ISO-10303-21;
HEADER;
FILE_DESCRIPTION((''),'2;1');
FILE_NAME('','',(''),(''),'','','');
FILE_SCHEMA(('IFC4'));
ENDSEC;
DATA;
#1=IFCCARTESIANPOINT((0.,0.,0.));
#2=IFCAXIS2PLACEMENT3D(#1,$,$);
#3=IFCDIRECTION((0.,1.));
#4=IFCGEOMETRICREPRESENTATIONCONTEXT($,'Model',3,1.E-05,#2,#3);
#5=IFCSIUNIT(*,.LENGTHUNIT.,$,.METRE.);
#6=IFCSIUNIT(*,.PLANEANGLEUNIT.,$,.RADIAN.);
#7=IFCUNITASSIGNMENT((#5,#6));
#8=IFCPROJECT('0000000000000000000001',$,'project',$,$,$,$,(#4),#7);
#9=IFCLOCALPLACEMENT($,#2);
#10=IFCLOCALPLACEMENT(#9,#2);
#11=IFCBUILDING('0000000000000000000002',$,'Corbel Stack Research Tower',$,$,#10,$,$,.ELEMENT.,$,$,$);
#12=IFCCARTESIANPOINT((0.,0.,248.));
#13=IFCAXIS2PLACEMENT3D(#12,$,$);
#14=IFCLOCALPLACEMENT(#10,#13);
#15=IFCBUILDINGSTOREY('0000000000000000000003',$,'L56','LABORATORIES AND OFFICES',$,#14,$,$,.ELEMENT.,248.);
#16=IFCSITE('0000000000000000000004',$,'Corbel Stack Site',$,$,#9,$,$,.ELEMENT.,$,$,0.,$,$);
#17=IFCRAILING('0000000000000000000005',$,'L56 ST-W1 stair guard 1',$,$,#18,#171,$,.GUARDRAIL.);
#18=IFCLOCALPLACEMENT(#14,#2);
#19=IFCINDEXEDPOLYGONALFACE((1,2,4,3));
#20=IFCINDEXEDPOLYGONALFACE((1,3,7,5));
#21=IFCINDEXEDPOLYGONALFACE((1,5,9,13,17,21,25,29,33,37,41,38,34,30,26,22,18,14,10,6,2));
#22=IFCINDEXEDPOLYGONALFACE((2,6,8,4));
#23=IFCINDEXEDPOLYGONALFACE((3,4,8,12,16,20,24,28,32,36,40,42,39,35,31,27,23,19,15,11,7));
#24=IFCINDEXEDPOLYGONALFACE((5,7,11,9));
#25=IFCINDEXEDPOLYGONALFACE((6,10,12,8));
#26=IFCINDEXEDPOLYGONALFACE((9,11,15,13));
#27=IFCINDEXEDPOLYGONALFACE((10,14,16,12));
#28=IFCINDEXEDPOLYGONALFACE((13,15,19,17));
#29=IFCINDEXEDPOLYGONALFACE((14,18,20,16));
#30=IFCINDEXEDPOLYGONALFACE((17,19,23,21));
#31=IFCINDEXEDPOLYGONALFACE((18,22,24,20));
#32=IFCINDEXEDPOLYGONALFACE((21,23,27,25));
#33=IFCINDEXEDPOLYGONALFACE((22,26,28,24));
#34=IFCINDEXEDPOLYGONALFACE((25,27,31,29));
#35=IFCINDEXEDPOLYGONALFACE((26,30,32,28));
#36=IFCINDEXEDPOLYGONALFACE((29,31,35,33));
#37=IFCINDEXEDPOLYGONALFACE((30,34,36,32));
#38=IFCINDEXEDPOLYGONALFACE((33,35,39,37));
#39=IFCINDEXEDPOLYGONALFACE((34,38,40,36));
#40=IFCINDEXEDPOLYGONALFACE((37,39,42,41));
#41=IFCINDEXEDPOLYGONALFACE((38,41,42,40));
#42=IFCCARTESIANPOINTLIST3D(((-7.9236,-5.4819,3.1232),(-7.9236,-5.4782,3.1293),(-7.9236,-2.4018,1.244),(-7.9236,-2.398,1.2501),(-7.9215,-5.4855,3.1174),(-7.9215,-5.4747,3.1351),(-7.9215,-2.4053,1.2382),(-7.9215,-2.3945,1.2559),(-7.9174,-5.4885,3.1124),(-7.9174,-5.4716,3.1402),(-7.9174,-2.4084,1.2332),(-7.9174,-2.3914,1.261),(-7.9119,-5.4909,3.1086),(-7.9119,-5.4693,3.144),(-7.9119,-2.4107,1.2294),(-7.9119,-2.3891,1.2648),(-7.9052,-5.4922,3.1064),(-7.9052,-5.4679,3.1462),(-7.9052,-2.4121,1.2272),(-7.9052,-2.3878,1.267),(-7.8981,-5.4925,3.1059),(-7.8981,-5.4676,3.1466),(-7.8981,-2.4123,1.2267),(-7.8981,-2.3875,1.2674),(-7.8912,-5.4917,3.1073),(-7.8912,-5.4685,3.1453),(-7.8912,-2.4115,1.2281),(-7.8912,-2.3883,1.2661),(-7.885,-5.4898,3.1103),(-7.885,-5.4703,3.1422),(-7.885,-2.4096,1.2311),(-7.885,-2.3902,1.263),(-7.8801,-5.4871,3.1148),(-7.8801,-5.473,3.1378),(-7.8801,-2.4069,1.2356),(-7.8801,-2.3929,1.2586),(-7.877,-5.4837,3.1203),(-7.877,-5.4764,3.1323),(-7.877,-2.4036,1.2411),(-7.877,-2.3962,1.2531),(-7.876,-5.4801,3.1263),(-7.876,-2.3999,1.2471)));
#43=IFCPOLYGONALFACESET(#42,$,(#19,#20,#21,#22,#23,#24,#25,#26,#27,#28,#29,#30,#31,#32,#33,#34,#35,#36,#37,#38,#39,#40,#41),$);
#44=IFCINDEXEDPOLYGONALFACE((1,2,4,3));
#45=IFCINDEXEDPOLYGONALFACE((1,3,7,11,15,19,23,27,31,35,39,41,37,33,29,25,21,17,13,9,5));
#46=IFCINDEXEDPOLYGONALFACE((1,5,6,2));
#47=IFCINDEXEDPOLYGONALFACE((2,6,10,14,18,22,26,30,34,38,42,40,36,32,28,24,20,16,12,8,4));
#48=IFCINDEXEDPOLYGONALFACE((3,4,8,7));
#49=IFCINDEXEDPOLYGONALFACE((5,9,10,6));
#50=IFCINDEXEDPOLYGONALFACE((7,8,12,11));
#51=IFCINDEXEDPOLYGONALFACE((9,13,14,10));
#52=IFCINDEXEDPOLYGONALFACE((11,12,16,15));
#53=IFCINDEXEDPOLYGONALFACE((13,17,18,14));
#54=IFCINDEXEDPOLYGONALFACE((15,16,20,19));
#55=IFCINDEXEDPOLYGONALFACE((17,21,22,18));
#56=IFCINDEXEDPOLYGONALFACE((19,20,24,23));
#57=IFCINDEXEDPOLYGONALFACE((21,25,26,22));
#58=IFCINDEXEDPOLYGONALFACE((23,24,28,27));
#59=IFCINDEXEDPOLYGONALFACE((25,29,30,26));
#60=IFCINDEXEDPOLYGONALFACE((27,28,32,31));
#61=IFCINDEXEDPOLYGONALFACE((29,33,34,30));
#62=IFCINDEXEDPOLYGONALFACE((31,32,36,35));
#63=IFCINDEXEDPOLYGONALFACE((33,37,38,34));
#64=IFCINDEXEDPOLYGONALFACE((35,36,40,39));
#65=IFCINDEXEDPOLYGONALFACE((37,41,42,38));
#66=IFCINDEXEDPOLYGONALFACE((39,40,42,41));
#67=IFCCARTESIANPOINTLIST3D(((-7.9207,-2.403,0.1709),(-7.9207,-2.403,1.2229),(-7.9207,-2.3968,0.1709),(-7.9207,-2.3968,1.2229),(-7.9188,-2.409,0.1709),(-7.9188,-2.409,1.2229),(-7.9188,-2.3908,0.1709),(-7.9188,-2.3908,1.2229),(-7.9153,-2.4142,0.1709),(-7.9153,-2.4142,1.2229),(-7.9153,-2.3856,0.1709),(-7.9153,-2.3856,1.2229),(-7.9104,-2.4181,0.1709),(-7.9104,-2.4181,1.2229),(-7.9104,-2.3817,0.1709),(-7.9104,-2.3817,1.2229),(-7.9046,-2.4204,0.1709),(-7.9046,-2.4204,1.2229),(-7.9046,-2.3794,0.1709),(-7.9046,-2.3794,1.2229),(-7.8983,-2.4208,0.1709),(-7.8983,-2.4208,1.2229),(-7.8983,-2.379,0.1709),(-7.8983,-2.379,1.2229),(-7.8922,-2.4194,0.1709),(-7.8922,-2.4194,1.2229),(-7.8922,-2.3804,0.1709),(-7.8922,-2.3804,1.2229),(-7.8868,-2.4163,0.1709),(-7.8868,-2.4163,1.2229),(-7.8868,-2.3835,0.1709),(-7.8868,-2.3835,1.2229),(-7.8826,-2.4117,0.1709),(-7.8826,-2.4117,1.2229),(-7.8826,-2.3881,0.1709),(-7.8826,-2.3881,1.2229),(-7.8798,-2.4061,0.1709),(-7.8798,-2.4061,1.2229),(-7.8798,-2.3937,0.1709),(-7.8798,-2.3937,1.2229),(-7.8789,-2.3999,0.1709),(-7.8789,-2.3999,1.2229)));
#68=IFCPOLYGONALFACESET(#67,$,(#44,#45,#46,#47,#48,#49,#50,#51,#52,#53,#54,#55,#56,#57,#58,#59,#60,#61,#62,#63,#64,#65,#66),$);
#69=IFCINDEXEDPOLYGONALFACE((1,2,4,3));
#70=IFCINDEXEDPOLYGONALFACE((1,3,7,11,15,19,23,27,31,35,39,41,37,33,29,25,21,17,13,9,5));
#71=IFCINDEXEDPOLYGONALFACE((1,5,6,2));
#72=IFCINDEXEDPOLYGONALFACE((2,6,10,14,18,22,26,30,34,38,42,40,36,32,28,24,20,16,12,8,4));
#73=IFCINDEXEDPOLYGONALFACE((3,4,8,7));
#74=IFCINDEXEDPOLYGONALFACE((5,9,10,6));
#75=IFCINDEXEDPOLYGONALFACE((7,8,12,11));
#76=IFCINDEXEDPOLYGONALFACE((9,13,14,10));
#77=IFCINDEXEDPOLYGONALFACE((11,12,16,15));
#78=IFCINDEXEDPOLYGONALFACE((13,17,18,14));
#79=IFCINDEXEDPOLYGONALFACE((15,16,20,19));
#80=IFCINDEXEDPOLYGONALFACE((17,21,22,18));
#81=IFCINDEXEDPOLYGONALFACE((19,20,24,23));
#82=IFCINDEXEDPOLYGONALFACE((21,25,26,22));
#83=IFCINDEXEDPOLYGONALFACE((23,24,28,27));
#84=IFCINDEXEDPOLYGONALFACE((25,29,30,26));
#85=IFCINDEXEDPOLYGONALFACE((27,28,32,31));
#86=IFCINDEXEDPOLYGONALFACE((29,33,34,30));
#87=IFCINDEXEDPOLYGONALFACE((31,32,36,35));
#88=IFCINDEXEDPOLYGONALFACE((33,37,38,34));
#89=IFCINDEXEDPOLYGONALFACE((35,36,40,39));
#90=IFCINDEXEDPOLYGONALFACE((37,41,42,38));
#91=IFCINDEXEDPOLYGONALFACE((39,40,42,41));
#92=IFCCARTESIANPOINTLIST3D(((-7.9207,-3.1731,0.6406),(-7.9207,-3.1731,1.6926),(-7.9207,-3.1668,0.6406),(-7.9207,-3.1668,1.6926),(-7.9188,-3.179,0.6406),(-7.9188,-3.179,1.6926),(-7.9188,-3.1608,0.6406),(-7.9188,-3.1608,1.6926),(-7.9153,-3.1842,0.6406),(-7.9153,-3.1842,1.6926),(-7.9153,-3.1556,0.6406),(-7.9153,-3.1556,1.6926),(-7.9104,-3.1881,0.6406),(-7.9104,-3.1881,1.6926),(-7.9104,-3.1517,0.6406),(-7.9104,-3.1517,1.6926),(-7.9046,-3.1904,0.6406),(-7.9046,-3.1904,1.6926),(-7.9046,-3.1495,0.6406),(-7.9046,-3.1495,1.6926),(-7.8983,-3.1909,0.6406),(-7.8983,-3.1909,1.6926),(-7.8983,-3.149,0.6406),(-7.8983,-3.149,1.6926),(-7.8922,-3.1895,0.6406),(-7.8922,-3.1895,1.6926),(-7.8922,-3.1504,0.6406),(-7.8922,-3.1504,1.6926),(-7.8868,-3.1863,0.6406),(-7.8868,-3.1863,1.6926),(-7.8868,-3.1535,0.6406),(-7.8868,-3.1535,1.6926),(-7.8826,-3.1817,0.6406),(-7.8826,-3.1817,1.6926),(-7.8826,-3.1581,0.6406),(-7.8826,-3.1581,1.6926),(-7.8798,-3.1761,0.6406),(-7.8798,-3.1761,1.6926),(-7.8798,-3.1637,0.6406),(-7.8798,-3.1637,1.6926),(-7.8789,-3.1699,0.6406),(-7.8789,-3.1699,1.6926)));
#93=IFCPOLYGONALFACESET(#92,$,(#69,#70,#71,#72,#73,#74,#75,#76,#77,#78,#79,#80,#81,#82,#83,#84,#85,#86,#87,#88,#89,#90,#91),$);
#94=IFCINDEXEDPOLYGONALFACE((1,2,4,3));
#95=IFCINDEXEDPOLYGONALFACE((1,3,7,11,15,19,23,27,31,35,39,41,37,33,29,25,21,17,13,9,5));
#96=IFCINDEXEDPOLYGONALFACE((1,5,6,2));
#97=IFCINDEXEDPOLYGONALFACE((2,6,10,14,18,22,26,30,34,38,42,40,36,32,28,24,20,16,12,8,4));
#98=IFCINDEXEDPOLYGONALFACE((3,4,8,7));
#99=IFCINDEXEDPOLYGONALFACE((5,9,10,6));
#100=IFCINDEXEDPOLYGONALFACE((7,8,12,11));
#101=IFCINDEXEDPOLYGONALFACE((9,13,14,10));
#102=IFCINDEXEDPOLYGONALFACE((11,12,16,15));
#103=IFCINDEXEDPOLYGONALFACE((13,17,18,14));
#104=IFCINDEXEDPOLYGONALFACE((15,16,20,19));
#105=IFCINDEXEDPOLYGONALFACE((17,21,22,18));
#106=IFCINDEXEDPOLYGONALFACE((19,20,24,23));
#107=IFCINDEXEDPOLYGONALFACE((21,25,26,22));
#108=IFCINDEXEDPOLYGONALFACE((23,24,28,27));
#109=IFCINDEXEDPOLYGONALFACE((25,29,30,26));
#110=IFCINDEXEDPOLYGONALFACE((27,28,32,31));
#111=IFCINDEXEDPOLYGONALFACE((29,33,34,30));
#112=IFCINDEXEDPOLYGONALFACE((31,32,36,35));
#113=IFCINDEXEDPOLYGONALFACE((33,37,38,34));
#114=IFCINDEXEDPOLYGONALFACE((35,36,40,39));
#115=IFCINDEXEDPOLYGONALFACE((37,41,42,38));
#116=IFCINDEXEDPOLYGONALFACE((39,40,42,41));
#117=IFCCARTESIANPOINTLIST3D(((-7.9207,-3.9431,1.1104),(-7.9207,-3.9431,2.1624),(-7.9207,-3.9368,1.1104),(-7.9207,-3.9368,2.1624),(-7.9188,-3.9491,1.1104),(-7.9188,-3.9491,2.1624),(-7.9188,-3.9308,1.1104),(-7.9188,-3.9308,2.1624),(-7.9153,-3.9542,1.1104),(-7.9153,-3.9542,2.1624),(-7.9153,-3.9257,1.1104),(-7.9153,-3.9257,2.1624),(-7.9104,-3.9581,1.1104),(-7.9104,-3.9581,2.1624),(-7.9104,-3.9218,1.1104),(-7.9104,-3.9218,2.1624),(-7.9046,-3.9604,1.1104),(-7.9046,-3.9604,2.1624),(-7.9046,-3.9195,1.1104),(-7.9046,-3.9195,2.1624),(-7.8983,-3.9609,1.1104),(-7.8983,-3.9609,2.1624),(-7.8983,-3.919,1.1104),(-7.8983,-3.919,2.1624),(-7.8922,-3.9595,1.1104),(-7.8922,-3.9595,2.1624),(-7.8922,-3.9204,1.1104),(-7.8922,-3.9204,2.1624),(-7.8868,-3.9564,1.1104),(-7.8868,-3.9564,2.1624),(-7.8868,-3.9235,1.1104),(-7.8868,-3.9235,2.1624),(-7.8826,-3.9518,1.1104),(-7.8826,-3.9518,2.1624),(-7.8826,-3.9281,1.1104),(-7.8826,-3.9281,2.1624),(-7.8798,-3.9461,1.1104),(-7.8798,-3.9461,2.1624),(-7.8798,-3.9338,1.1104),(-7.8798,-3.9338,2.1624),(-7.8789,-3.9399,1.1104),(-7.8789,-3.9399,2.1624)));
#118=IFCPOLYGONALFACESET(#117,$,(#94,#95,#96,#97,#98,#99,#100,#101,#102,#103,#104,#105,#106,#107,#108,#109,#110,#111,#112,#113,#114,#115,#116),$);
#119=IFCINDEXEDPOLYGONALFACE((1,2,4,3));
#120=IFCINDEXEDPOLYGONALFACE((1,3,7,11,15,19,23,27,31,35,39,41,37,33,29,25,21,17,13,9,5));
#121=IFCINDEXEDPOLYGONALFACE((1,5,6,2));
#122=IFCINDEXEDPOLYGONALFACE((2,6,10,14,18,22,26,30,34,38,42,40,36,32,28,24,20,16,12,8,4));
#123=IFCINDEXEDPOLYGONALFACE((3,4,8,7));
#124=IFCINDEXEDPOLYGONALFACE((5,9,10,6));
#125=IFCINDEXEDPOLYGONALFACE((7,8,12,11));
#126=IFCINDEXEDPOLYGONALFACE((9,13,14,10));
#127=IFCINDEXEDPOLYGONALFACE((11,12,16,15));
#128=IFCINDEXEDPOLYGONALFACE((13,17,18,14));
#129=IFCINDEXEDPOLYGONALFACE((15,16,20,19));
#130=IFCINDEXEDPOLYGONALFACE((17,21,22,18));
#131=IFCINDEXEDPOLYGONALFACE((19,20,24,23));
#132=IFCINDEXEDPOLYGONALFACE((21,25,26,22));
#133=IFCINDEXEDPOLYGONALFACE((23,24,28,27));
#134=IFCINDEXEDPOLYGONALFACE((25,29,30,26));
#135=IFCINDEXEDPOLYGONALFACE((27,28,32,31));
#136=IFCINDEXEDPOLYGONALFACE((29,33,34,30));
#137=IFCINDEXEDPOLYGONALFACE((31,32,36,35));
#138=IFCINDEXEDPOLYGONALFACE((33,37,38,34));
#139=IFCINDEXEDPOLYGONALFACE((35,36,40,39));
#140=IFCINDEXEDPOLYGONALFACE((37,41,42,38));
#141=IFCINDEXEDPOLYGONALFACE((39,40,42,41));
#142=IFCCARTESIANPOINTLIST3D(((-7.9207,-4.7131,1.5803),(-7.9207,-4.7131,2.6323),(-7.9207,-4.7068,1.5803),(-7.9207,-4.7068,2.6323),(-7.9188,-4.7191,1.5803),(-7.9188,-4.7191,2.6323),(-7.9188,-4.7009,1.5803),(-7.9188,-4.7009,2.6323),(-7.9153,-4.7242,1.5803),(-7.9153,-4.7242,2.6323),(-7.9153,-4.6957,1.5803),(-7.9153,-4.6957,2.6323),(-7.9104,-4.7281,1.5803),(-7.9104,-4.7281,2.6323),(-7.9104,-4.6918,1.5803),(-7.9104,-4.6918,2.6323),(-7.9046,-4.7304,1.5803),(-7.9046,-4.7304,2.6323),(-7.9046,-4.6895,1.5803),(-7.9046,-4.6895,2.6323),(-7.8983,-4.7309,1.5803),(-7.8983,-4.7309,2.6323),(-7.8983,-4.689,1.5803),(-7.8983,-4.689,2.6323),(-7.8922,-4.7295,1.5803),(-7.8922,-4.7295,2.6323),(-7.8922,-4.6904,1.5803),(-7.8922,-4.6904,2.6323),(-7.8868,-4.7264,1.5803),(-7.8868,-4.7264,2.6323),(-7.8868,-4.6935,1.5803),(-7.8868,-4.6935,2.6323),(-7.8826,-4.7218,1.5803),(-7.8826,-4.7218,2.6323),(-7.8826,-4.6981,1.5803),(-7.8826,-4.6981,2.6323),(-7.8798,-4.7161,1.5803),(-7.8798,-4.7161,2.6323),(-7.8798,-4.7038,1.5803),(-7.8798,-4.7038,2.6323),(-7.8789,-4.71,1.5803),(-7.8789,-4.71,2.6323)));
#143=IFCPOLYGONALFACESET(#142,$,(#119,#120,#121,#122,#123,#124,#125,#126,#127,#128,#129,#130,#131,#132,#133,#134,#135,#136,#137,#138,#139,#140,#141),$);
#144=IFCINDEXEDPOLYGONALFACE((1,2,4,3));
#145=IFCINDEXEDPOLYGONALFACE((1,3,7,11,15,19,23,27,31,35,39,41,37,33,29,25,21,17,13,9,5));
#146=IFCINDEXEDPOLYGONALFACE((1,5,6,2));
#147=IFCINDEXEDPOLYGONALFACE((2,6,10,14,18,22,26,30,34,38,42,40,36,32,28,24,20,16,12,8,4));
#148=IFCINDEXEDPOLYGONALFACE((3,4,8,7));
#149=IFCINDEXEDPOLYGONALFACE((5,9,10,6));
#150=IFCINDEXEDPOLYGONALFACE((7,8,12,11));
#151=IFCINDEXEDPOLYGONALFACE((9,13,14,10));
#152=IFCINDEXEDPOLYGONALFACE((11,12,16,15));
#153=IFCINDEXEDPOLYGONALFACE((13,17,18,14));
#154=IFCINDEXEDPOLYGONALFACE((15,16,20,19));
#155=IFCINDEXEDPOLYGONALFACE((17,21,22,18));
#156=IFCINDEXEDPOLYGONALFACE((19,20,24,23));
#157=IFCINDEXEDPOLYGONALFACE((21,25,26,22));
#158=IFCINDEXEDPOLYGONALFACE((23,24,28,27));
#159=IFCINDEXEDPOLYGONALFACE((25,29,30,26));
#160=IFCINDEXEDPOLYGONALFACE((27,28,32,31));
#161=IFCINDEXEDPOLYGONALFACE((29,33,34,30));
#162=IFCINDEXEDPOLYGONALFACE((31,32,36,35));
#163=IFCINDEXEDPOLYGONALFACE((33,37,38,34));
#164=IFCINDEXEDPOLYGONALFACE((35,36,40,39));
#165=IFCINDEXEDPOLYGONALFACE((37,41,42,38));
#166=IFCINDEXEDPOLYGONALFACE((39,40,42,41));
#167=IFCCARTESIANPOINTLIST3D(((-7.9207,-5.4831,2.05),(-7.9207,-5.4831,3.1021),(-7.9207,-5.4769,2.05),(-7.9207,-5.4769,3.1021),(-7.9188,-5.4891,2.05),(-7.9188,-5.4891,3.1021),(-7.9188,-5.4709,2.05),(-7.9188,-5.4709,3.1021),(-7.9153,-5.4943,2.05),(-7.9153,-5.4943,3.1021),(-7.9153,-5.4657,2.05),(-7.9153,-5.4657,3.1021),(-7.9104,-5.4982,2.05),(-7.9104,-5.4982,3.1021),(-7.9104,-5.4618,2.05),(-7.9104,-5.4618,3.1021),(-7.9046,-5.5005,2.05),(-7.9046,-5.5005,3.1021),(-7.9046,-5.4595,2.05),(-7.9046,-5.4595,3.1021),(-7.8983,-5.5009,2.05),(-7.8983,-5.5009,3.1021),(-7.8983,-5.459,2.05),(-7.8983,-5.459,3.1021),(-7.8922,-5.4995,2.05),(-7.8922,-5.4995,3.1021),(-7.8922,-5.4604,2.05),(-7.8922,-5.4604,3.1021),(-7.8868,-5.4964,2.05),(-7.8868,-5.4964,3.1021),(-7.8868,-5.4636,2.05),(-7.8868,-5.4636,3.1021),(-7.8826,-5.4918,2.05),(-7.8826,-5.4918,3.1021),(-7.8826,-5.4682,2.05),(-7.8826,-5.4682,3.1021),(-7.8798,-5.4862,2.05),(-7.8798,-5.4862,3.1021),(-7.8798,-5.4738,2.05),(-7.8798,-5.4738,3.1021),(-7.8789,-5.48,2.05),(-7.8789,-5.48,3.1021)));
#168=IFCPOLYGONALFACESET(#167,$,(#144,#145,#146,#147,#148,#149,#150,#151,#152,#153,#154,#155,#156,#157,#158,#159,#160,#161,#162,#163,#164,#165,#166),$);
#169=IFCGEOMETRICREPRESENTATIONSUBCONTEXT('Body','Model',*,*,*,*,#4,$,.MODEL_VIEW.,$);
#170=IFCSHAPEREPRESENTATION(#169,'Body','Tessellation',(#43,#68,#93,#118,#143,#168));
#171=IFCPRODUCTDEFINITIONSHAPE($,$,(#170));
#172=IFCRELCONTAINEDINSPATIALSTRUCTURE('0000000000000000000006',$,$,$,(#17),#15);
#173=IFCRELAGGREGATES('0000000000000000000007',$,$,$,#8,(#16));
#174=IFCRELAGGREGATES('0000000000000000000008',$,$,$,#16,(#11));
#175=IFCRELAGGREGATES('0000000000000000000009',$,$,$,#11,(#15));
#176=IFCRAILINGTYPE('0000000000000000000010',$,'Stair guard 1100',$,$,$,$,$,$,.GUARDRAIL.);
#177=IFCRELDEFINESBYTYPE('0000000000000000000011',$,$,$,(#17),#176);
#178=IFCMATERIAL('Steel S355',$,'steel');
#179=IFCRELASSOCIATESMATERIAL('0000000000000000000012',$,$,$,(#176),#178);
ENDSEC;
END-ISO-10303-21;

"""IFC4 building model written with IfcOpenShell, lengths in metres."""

from ifc_helpers import new_model, si_unit, direction, frame, origin, origin_2d, place, context, subcontext, project, spatial, circle, extrude, material, type_object, element, save


model = new_model("IFC4")

# Units and contexts
model_context = context("Model", 3, precision=1e-05, world=origin(), true_north=direction((0.0, 1.0)))
body_context = subcontext(model_context, "Body", "Model", "MODEL_VIEW")
ifc_project = project(units=[si_unit("LENGTHUNIT", "METRE"), si_unit("PLANEANGLEUNIT", "RADIAN")], contexts=[model_context])

# Site, building, storey
site_placement = place(None, origin())
site = spatial("IfcSite", under=ifc_project, at=site_placement, Name="Corbel Stack Site", CompositionType="ELEMENT", RefElevation=0.0)
building_placement = place(site_placement, origin())
building = spatial("IfcBuilding", under=site, at=building_placement, Name="Corbel Stack Research Tower", CompositionType="ELEMENT")
storey_placement = place(building_placement, frame((0.0, 0.0, 248.0)))
storey = spatial("IfcBuildingStorey", under=building, at=storey_placement, Name="L56", Description="LABORATORIES AND OFFICES", CompositionType="ELEMENT", Elevation=248.0)

# Railing
ifc_material_1 = material(Name="Steel S355", Category="steel")
railing_type_1 = type_object("IfcRailingType", Name="Stair guard 1100", PredefinedType="GUARDRAIL", material=ifc_material_1)
railing_1_placement = place(storey_placement, frame((-7.8999, -2.3999, 0.1709)))
element("IfcRailing", 1, at=railing_1_placement, inside=storey, type_object=railing_type_1, Name="L56 ST-W1 stair guard 1", PredefinedType="GUARDRAIL", context=body_context, shape_type="SweptSolid", body=[
    extrude(circle(Radius=0.0239, at=origin_2d()), frame((0.0, 0.0, 1.0762), z_axis=(0.0, -0.853666, 0.52082), x_axis=(1.0, 0.0, 0.0)), (0.0, 0.0, 1.0), 3.6082),
    extrude(circle(Radius=0.021, at=origin_2d()), origin(), (0.0, 0.0, 1.0), 1.052),
    extrude(circle(Radius=0.021, at=origin_2d()), frame((0.0, -0.77, 0.4697)), (0.0, 0.0, 1.0), 1.052),
    extrude(circle(Radius=0.021, at=origin_2d()), frame((0.0, -1.54, 0.9395)), (0.0, 0.0, 1.0), 1.052),
    extrude(circle(Radius=0.021, at=origin_2d()), frame((0.0, -2.3101, 1.4094)), (0.0, 0.0, 1.0), 1.052),
    extrude(circle(Radius=0.021, at=origin_2d()), frame((0.0, -3.0801, 1.8792)), (0.0, 0.0, 1.0), 1.052),
])

save(model, "model.ifc")
